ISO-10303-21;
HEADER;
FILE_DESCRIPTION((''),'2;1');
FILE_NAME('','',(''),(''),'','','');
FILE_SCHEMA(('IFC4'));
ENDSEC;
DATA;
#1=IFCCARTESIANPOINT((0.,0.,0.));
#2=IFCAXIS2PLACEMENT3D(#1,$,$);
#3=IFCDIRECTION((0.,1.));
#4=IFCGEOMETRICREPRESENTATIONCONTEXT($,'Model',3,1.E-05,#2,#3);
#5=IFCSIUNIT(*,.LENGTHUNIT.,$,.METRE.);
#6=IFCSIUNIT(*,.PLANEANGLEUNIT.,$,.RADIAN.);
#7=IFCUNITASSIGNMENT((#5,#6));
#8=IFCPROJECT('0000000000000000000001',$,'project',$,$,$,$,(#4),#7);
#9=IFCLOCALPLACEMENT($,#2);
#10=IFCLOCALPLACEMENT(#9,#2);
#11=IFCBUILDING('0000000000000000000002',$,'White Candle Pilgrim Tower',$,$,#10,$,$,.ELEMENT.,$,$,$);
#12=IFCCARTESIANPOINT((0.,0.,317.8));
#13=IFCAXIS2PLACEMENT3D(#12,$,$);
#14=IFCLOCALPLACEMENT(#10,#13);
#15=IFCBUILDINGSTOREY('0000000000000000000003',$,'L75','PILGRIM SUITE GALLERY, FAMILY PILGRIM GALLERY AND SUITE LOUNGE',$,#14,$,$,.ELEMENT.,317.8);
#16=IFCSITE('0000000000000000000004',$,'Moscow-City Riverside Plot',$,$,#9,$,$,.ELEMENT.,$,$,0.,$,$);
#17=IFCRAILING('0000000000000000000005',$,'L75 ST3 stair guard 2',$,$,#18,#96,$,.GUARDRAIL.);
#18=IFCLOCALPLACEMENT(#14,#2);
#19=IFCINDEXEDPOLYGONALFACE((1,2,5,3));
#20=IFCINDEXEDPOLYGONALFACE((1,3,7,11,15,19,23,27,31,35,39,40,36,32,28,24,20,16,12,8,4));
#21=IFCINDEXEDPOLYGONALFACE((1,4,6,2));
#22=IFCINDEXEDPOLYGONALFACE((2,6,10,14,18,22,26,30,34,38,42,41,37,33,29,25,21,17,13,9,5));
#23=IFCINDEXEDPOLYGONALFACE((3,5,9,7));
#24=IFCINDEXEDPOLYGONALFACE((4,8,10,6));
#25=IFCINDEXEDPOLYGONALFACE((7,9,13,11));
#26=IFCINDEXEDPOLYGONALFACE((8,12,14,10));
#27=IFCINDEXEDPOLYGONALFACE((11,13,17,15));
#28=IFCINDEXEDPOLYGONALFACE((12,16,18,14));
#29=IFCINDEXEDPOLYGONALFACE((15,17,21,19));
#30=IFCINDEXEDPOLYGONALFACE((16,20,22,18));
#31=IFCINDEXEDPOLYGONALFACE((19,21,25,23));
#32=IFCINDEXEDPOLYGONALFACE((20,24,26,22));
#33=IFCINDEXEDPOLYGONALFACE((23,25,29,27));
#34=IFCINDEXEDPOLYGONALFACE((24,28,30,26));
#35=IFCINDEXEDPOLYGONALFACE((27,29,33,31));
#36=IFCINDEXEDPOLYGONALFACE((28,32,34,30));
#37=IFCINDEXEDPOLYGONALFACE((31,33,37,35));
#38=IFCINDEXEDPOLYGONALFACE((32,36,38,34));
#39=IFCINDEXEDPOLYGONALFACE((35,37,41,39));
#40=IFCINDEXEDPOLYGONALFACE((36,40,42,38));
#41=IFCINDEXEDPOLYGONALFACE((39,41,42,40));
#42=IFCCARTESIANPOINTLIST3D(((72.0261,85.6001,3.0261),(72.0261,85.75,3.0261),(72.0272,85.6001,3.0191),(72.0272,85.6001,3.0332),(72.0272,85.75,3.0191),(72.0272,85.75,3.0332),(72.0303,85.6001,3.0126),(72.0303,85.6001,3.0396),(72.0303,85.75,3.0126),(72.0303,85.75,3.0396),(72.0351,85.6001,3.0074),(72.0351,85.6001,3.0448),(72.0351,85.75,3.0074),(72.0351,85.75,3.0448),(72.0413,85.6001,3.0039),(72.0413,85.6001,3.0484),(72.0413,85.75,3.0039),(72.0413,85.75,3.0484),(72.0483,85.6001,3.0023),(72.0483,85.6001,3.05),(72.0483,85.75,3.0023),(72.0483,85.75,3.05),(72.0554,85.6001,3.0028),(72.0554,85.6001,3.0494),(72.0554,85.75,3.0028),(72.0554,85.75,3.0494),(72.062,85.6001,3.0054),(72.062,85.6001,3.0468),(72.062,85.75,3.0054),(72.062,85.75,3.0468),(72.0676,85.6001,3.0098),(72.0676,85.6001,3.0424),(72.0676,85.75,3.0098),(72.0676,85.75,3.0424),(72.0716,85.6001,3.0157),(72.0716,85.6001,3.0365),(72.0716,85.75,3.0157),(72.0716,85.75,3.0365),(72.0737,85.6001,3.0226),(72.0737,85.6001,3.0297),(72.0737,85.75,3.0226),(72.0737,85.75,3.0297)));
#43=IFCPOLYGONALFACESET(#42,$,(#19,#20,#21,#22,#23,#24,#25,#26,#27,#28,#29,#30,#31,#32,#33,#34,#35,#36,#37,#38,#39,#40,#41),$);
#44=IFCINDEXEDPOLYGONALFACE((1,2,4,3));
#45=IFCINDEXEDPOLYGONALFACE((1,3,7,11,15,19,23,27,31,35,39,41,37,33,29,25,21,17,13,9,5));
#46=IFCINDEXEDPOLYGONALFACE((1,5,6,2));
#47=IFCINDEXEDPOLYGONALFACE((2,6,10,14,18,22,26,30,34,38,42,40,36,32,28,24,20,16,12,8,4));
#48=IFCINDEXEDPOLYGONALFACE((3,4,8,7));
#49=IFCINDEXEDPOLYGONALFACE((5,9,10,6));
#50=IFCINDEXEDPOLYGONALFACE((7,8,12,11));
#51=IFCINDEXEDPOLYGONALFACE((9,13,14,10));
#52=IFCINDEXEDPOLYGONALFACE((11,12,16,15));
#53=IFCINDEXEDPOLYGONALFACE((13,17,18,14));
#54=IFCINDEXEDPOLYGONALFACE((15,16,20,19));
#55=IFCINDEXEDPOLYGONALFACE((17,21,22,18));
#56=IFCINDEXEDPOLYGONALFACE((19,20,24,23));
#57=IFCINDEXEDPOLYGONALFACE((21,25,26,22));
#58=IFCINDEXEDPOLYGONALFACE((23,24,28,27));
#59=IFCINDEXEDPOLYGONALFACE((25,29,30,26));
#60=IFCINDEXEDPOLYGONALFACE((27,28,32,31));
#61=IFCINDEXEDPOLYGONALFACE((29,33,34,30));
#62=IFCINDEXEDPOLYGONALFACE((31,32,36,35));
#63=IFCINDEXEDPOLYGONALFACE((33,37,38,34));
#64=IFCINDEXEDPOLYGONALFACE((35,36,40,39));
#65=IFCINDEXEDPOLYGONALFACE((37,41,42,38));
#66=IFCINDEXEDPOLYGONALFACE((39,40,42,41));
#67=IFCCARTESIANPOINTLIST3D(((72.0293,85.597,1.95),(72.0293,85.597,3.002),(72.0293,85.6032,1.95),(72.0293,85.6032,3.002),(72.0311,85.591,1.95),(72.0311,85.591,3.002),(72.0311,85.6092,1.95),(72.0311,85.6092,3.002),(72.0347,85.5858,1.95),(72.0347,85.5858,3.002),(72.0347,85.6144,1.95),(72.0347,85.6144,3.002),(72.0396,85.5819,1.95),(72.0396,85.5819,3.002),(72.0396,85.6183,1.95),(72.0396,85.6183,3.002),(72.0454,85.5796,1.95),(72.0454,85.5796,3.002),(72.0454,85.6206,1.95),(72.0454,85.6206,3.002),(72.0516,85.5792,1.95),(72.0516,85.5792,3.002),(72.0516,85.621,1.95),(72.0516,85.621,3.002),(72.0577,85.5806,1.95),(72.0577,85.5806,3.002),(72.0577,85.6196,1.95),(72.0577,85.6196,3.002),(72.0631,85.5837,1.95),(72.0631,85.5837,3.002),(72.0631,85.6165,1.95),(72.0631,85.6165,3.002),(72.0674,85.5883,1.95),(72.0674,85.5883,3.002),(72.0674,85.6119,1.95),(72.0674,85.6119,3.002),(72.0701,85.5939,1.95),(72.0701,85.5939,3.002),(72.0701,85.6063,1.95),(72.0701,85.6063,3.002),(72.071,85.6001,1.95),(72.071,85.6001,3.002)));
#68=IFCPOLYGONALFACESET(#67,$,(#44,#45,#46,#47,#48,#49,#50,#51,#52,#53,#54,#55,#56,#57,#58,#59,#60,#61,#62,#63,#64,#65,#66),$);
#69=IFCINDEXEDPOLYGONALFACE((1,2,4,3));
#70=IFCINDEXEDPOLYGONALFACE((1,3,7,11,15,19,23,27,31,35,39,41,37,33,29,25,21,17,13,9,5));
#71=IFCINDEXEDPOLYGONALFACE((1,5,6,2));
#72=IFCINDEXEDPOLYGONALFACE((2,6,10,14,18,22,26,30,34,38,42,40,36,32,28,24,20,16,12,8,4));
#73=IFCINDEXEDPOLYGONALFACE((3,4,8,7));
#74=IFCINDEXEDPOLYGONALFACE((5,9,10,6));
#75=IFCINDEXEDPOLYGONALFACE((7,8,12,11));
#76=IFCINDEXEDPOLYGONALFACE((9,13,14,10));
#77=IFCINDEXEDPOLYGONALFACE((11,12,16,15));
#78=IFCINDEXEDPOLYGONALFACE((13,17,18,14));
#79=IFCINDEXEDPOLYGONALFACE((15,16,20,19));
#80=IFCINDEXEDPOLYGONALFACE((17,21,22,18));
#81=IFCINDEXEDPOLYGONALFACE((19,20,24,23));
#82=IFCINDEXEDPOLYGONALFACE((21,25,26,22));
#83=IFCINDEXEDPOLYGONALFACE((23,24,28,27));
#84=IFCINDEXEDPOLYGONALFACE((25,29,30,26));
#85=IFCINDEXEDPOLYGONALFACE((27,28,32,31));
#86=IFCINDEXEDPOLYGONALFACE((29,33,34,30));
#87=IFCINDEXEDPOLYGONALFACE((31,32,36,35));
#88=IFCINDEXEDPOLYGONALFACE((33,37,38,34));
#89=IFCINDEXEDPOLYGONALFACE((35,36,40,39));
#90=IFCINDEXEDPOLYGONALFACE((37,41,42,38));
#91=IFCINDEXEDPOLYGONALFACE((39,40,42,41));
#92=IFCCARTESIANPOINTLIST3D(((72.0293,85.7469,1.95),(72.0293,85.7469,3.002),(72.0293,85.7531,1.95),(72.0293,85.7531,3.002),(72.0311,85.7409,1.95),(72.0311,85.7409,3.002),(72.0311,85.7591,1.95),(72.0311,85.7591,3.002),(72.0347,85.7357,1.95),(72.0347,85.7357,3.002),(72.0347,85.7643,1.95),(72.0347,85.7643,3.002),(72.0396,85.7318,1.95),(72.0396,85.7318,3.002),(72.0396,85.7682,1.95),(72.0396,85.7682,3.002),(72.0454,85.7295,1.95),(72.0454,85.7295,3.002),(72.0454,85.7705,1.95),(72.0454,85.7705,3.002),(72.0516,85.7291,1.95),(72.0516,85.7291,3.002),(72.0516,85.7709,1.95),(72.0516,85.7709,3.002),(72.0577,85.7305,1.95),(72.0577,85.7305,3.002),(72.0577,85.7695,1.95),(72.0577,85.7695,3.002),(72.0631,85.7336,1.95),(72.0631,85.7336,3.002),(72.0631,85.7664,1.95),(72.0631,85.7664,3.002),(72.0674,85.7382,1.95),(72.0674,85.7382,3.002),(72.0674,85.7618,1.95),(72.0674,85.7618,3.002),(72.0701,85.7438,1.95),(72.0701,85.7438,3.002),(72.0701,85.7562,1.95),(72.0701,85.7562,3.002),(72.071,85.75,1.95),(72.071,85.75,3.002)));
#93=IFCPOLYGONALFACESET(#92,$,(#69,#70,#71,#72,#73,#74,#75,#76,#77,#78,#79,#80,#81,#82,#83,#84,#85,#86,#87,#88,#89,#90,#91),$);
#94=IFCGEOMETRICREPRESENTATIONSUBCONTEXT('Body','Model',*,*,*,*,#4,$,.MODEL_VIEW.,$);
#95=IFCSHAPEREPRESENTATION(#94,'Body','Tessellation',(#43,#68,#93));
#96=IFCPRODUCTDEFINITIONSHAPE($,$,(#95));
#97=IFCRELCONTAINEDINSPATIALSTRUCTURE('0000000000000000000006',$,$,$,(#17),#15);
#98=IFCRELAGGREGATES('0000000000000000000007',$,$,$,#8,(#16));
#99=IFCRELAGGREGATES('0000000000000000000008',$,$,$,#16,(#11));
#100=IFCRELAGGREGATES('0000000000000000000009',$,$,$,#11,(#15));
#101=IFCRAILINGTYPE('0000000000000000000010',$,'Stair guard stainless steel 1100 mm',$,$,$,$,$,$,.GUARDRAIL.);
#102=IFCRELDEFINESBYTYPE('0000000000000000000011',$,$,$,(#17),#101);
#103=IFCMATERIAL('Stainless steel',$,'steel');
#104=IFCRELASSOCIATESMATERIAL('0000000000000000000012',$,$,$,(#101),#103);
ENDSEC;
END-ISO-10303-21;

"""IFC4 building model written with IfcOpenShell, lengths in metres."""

from ifc_helpers import new_model, si_unit, direction, frame, origin, origin_2d, place, context, subcontext, project, spatial, circle, extrude, material, type_object, element, save


model = new_model("IFC4")

# Units and contexts
model_context = context("Model", 3, precision=1e-05, world=origin(), true_north=direction((0.0, 1.0)))
body_context = subcontext(model_context, "Body", "Model", "MODEL_VIEW")
ifc_project = project(units=[si_unit("LENGTHUNIT", "METRE"), si_unit("PLANEANGLEUNIT", "RADIAN")], contexts=[model_context])

# Site, building, storey
site_placement = place(None, origin())
site = spatial("IfcSite", under=ifc_project, at=site_placement, Name="Moscow-City Riverside Plot", CompositionType="ELEMENT", RefElevation=0.0)
building_placement = place(site_placement, origin())
building = spatial("IfcBuilding", under=site, at=building_placement, Name="White Candle Pilgrim Tower", CompositionType="ELEMENT")
storey_placement = place(building_placement, frame((0.0, 0.0, 317.8)))
storey = spatial("IfcBuildingStorey", under=building, at=storey_placement, Name="L75", Description="PILGRIM SUITE GALLERY, FAMILY PILGRIM GALLERY AND SUITE LOUNGE", CompositionType="ELEMENT", Elevation=317.8)

# Railing
ifc_material_1 = material(Name="Stainless steel", Category="steel")
railing_type_1 = type_object("IfcRailingType", Name="Stair guard stainless steel 1100 mm", PredefinedType="GUARDRAIL", material=ifc_material_1)
railing_1_placement = place(storey_placement, frame((72.05, 85.6001, 1.95)))
element("IfcRailing", 1, at=railing_1_placement, inside=storey, type_object=railing_type_1, Name="L75 ST3 stair guard 2", PredefinedType="GUARDRAIL", context=body_context, shape_type="SweptSolid", body=[
    extrude(circle(Radius=0.0239, at=origin_2d()), frame((0.0, 0.0, 1.0762), z_axis=(0.0, 1.0, 0.0), x_axis=(-1.0, 0.0, 0.0)), (0.0, 0.0, 1.0), 0.1499),
    extrude(circle(Radius=0.021, at=origin_2d()), origin(), (0.0, 0.0, 1.0), 1.052),
    extrude(circle(Radius=0.021, at=origin_2d()), frame((0.0, 0.1499, 0.0)), (0.0, 0.0, 1.0), 1.052),
])

save(model, "model.ifc")
